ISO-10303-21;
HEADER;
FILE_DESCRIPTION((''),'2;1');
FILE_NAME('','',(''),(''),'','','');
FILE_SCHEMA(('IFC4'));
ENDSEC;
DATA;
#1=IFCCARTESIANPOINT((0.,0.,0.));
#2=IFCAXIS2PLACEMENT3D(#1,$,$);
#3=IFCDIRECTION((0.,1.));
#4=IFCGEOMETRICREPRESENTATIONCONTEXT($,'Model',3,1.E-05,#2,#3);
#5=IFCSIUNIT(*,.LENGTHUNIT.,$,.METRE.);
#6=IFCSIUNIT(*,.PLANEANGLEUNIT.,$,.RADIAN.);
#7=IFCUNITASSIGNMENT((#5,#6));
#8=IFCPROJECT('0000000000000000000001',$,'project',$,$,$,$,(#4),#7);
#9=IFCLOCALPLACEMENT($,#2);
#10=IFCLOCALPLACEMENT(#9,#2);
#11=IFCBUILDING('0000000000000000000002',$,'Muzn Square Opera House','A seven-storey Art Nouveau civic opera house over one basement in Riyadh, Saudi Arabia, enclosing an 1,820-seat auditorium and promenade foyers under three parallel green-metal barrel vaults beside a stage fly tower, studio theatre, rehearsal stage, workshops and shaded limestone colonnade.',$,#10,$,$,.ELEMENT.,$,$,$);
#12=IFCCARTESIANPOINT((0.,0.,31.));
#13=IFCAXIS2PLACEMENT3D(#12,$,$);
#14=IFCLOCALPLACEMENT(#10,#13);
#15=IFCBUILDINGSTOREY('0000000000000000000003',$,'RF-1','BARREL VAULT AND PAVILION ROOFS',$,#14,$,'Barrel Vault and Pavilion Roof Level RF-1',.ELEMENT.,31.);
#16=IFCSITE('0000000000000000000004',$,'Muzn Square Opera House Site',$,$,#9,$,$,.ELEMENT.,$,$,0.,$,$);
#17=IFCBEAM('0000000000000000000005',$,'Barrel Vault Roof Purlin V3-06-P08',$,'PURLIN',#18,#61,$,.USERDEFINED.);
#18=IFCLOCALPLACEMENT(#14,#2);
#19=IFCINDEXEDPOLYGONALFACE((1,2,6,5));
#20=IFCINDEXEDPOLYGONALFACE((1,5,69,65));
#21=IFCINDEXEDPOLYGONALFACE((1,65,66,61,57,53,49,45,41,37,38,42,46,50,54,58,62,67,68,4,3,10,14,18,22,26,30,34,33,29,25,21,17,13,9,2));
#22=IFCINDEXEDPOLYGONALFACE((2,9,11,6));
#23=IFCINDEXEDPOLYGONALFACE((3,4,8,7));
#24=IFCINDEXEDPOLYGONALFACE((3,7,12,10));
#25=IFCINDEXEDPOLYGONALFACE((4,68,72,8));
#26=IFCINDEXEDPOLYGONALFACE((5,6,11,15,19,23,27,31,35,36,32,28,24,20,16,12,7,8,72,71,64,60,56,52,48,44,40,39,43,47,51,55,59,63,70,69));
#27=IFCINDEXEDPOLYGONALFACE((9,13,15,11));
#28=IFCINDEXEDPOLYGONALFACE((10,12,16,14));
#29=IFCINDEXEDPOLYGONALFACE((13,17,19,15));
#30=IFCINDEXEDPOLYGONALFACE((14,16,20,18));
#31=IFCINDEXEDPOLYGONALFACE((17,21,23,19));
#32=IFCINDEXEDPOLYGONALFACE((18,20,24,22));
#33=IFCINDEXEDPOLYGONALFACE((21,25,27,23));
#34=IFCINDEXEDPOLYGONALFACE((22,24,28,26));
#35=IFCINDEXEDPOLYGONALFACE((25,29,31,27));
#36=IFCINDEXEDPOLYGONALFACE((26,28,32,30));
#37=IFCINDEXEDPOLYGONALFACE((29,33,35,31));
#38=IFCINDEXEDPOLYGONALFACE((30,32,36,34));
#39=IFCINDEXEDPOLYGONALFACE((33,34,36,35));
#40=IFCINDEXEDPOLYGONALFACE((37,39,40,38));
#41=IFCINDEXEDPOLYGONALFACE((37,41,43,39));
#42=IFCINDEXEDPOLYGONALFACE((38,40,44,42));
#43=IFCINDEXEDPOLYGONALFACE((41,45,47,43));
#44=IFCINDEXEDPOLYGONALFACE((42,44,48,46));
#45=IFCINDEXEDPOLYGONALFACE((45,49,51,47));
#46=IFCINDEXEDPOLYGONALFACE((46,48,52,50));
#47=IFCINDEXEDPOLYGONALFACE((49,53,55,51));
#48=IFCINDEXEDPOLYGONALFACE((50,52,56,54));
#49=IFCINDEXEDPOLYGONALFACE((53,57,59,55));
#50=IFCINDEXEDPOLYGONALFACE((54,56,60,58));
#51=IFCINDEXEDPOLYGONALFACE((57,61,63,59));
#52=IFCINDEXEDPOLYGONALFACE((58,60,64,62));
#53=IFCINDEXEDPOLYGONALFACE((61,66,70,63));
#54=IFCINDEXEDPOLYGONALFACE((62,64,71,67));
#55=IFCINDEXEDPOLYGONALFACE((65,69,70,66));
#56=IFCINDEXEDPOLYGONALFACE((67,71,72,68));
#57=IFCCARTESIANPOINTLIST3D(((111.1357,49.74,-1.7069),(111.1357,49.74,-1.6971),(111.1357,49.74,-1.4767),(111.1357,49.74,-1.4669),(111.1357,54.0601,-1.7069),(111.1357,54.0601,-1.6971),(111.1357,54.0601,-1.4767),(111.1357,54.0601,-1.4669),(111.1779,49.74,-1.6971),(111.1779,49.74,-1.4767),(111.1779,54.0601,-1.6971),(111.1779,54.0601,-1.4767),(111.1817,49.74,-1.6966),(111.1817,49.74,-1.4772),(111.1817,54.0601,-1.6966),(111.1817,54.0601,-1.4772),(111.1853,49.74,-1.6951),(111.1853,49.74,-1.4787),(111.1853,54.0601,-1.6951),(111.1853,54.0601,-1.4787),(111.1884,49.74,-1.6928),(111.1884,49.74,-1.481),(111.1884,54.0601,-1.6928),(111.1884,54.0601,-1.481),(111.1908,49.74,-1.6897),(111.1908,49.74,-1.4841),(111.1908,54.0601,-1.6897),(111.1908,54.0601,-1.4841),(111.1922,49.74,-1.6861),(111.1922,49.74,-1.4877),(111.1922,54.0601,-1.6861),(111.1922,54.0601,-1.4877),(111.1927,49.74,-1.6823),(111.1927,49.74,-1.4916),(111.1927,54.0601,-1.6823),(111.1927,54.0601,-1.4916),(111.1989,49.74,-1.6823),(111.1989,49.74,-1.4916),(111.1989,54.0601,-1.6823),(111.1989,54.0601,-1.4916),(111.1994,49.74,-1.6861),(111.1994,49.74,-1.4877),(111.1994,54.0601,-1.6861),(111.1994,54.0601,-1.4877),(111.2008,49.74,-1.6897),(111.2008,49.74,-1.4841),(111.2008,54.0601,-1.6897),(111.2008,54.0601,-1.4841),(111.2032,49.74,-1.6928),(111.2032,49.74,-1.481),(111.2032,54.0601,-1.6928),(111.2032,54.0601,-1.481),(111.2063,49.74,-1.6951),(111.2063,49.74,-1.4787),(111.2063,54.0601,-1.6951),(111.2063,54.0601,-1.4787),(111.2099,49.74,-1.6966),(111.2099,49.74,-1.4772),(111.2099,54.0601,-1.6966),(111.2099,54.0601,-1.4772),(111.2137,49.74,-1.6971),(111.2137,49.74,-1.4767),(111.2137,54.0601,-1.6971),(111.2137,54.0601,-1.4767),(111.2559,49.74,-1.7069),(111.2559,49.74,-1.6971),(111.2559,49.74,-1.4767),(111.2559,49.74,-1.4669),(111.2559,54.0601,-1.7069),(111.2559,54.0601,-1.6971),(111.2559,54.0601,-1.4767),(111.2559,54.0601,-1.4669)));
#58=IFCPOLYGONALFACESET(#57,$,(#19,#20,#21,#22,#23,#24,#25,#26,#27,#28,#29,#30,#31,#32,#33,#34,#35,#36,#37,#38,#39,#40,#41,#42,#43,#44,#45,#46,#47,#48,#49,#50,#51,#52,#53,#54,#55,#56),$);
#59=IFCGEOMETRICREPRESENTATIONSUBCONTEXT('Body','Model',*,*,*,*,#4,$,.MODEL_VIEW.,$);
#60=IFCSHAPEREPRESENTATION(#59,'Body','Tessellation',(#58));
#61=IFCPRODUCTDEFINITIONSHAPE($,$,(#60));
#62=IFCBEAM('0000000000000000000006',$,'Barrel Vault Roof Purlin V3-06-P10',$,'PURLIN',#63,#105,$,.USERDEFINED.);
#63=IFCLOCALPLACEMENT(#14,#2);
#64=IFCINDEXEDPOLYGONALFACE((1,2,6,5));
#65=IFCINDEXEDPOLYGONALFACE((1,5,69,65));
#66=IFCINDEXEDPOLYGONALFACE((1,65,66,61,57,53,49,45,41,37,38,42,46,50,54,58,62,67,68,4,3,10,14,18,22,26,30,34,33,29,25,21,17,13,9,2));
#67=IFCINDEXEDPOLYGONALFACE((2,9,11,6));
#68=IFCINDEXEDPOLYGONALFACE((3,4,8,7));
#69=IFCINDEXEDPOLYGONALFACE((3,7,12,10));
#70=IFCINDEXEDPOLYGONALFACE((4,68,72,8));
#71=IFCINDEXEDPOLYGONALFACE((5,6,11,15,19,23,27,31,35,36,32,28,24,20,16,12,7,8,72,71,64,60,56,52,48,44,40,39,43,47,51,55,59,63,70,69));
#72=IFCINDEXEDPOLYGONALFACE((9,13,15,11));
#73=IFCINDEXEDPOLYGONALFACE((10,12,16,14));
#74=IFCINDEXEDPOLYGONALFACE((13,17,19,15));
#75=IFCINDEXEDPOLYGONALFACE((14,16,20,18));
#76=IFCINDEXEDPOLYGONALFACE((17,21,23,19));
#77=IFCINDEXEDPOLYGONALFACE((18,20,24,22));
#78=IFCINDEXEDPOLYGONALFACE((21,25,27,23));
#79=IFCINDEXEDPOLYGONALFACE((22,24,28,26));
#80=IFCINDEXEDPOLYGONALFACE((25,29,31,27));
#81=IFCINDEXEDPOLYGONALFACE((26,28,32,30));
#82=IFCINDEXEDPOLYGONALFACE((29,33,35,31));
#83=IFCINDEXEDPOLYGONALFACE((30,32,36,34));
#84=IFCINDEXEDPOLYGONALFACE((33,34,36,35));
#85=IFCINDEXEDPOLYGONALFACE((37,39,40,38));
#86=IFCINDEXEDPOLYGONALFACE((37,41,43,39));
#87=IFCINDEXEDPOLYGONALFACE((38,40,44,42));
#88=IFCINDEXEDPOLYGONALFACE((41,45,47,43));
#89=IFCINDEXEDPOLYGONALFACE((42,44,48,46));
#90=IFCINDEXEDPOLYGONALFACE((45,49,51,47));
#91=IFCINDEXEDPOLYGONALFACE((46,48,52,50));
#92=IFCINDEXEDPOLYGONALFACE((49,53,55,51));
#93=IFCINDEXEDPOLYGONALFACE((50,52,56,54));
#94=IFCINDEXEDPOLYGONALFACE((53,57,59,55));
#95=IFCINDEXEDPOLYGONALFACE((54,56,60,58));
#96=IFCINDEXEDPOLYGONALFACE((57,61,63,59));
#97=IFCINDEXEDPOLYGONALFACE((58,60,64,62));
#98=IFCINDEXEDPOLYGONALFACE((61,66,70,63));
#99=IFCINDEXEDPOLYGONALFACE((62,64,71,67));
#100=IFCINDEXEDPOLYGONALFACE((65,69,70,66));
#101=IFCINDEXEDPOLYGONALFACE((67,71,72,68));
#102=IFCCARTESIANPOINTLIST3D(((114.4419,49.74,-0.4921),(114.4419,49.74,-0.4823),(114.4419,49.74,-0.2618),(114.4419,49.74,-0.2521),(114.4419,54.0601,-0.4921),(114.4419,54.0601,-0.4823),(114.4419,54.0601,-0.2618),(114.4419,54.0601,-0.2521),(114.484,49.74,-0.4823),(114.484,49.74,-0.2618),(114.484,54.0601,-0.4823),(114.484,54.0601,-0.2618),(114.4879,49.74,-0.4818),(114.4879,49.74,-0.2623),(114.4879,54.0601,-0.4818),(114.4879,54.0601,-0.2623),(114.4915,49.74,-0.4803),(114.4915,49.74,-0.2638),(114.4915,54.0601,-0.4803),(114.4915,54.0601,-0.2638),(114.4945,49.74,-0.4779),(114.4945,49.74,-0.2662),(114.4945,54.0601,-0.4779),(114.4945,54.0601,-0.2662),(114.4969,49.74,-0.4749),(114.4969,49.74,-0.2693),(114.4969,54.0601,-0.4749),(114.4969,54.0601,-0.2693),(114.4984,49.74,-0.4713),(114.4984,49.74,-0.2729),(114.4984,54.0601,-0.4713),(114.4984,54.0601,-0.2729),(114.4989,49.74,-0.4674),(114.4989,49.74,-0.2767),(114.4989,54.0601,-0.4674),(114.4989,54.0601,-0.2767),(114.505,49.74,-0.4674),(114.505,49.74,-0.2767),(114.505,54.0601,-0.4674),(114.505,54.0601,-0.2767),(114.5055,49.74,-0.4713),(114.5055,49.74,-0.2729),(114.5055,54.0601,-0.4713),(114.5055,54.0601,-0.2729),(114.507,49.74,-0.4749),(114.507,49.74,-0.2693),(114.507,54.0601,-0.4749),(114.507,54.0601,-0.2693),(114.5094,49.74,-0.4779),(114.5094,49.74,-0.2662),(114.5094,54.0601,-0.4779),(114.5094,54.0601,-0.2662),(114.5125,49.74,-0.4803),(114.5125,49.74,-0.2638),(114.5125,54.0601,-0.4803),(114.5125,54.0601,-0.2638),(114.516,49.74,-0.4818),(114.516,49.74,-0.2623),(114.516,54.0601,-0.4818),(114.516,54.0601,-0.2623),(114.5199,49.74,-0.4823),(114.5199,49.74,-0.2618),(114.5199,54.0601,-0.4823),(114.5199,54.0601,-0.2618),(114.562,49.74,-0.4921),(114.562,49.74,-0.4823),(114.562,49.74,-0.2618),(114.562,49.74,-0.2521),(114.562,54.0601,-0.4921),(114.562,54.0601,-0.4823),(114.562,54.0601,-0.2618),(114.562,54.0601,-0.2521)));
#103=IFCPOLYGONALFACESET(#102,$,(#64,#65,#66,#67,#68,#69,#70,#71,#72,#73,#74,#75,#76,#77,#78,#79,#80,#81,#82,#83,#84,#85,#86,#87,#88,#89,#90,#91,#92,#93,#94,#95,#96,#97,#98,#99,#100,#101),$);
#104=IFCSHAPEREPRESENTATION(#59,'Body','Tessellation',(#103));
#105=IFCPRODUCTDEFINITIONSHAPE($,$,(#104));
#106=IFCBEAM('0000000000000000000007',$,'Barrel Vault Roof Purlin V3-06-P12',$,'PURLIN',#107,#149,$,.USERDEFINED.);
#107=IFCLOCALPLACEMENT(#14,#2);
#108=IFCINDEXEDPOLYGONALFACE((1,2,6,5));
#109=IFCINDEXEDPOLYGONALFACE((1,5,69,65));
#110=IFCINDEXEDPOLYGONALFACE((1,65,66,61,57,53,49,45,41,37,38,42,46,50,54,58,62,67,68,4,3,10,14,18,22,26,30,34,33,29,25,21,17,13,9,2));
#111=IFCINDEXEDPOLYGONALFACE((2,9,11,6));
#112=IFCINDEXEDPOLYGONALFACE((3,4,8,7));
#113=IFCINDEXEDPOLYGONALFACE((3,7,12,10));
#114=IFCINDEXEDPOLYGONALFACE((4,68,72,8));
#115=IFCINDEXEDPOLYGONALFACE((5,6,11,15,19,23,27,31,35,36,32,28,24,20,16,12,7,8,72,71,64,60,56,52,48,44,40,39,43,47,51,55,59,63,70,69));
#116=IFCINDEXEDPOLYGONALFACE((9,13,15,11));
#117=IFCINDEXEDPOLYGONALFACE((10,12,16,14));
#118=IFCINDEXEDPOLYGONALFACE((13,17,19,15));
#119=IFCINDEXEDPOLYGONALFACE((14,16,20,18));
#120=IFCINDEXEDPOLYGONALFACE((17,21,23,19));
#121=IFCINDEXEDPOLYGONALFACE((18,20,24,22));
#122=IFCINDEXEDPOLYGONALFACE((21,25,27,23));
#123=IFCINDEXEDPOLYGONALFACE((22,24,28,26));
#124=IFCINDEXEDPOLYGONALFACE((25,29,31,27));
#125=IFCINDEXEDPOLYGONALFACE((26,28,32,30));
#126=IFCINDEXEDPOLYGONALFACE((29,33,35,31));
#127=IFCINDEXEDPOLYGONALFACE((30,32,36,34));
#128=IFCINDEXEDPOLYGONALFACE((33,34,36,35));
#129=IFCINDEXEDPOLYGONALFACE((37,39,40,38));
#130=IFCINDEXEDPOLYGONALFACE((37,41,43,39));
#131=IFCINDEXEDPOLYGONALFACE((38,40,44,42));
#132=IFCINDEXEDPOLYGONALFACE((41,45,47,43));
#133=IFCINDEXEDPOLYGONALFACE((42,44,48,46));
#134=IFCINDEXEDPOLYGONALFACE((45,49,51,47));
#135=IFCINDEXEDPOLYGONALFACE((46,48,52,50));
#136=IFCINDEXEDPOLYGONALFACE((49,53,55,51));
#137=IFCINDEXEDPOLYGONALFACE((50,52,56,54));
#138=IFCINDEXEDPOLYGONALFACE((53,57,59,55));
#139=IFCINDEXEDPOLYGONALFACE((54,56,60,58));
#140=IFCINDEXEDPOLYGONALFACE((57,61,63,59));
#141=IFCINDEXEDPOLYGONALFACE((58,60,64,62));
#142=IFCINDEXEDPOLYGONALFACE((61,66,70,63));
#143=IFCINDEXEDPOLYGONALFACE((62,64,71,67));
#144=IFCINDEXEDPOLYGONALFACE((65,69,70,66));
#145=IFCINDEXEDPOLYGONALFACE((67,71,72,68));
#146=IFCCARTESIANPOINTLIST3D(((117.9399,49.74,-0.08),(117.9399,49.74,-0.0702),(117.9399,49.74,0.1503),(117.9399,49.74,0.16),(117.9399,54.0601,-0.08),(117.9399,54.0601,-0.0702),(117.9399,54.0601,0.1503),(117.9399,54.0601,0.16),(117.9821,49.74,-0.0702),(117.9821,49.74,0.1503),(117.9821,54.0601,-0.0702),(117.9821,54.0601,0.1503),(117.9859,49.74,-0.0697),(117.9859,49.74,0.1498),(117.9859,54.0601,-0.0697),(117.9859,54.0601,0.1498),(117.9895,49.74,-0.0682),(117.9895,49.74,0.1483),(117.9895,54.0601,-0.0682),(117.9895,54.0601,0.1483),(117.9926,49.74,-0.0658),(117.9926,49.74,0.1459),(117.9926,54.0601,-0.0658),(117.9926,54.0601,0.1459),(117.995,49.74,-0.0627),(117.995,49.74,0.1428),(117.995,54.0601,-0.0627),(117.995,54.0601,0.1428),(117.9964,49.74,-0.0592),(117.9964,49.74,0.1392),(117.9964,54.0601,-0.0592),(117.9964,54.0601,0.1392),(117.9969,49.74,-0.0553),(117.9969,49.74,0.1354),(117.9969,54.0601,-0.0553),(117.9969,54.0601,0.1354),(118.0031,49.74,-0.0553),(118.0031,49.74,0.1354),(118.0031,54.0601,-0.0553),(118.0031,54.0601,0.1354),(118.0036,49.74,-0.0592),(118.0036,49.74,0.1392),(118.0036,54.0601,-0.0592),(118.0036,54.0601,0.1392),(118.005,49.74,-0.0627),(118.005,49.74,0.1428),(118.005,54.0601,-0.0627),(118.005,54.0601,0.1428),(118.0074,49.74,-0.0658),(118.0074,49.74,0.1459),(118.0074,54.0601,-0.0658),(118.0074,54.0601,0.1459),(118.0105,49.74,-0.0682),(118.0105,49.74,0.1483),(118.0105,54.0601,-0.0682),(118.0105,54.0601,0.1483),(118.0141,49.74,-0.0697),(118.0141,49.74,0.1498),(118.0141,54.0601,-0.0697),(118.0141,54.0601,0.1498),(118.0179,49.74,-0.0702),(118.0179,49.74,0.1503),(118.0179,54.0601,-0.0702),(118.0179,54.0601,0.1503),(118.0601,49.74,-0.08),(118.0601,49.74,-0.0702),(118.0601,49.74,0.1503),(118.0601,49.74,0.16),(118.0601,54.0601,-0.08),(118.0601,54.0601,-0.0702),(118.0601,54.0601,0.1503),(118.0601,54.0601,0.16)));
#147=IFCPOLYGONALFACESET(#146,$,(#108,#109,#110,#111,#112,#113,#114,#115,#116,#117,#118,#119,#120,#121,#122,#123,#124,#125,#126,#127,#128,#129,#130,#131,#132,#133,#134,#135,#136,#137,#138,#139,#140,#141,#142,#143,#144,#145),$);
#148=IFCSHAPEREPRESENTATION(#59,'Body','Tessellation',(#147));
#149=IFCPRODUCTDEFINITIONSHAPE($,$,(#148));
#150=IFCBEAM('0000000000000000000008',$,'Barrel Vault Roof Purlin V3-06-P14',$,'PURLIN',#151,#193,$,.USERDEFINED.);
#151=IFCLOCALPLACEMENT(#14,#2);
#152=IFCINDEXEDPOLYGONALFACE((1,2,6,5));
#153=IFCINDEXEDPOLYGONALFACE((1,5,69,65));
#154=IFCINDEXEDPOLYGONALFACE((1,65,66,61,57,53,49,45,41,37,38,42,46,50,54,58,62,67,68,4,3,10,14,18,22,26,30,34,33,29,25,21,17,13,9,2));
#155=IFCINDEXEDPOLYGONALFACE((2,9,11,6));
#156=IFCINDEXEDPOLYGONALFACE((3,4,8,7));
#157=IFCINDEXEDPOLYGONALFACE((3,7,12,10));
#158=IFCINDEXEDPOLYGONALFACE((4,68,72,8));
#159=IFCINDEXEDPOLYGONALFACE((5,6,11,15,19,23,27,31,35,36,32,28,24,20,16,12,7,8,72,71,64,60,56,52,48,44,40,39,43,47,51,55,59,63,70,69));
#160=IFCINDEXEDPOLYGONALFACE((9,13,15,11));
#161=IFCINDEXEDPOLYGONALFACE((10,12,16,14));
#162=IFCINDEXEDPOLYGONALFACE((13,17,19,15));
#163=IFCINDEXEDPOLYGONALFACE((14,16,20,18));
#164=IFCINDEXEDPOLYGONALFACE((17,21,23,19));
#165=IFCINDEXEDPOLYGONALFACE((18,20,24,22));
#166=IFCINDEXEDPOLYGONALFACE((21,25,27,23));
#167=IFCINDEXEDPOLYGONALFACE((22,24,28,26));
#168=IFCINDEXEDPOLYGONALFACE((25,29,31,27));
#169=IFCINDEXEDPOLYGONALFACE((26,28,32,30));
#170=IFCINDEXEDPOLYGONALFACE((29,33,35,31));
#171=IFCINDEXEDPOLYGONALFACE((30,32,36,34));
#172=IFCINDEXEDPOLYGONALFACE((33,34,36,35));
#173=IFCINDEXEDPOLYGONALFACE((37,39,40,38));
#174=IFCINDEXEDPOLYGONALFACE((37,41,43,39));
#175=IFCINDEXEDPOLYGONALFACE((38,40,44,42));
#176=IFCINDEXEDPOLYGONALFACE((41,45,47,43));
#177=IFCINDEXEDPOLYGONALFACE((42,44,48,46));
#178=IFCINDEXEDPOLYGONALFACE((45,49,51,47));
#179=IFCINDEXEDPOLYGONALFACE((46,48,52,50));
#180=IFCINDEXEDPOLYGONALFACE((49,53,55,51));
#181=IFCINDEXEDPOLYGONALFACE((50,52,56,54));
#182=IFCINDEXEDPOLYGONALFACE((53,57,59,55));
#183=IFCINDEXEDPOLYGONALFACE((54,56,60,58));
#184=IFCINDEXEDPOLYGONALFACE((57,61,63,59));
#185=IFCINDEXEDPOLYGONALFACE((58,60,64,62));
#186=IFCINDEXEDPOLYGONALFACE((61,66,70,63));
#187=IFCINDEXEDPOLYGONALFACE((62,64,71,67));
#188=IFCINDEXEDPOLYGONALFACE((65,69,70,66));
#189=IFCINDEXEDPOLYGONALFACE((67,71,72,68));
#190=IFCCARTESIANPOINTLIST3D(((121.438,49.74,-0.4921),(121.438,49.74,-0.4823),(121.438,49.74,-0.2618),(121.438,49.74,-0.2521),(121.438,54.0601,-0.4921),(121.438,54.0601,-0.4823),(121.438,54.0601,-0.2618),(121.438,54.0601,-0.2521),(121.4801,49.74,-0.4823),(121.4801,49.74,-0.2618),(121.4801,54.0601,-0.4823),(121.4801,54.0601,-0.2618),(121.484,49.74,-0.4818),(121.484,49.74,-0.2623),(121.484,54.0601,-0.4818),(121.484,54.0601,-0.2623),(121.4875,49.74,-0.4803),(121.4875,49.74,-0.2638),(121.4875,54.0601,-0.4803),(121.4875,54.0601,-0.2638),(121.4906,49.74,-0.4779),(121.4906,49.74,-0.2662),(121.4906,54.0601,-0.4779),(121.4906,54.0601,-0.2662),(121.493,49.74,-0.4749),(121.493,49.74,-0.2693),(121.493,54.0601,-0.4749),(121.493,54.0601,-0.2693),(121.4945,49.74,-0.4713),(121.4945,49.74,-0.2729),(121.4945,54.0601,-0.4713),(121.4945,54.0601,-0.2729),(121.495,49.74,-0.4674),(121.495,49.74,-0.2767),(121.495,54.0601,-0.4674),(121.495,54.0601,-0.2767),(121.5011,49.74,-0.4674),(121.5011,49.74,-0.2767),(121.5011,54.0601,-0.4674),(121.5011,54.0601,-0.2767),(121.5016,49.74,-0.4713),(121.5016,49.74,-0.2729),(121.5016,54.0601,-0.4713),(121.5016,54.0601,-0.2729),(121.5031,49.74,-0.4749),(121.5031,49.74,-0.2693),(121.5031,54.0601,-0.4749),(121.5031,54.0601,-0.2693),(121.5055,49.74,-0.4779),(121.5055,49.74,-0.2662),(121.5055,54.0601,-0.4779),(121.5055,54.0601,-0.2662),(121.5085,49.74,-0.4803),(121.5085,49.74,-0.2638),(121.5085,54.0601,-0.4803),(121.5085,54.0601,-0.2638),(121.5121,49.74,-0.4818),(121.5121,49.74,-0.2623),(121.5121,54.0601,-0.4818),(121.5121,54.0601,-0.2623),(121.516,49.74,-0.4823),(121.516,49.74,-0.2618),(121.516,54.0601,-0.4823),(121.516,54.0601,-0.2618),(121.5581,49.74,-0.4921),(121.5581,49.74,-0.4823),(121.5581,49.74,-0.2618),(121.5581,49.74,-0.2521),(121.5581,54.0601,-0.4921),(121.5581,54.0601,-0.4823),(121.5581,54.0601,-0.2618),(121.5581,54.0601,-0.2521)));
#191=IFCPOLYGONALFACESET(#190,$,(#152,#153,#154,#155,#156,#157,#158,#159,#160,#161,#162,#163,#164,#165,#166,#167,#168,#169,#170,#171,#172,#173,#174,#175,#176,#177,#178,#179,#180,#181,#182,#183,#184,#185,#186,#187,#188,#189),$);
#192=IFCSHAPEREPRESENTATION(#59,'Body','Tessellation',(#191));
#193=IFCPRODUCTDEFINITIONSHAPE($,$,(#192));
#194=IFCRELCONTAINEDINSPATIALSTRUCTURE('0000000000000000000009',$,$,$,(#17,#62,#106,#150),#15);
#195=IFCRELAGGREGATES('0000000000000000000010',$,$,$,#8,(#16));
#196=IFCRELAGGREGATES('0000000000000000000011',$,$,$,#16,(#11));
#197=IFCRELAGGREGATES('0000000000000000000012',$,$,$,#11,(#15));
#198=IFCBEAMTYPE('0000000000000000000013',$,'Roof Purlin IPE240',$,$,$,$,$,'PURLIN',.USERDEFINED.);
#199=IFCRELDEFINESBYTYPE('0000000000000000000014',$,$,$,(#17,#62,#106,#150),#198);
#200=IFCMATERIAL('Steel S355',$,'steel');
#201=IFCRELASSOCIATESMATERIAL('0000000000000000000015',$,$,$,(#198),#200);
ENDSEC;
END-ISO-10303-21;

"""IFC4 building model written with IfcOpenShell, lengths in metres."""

from ifc_helpers import new_model, si_unit, direction, frame, origin, origin_2d, place, context, subcontext, project, spatial, i_section, extrude, material, material_profile, profile_set, type_object, element, save


model = new_model("IFC4")

# Units and contexts
model_context = context("Model", 3, precision=1e-05, world=origin(), true_north=direction((0.0, 1.0)))
body_context = subcontext(model_context, "Body", "Model", "MODEL_VIEW")
ifc_project = project(units=[si_unit("LENGTHUNIT", "METRE"), si_unit("PLANEANGLEUNIT", "RADIAN")], contexts=[model_context])

# Site, building, storey
site_placement = place(None, origin())
site = spatial("IfcSite", under=ifc_project, at=site_placement, Name="Muzn Square Opera House Site", CompositionType="ELEMENT", RefElevation=0.0)
building_placement = place(site_placement, origin())
building = spatial("IfcBuilding", under=site, at=building_placement, Name="Muzn Square Opera House", Description="A seven-storey Art Nouveau civic opera house over one basement in Riyadh, Saudi Arabia, enclosing an 1,820-seat auditorium and promenade foyers under three parallel green-metal barrel vaults beside a stage fly tower, studio theatre, rehearsal stage, workshops and shaded limestone colonnade.", CompositionType="ELEMENT")
storey_placement = place(building_placement, frame((0.0, 0.0, 31.0)))
storey = spatial("IfcBuildingStorey", under=building, at=storey_placement, Name="RF-1", Description="BARREL VAULT AND PAVILION ROOFS", LongName="Barrel Vault and Pavilion Roof Level RF-1", CompositionType="ELEMENT", Elevation=31.0)

# Beams
ifc_material_1 = material(Name="Steel S355", Category="steel")
ifc_material_profile_1 = material_profile(ifc_material_1, i_section(OverallWidth=0.1201, OverallDepth=0.24, WebThickness=0.0061, FlangeThickness=0.0098, FilletRadius=0.0149, at=origin_2d()), Name="IPE 240", Category="steel")
ifc_profile_set_1 = profile_set([ifc_material_profile_1], Name="Steel S355")
beam_type_1 = type_object("IfcBeamType", Name="Roof Purlin IPE240", ElementType="PURLIN", PredefinedType="USERDEFINED", material=ifc_profile_set_1)
for number, where, z_axis, x_axis, name in (
    (1, (111.1958, 49.74, -1.5869), (0.0, 1.0, 0.0), (-1.0, 0.0, 0.0), "Barrel Vault Roof Purlin V3-06-P08"),
    (2, (114.502, 49.74, -0.3721), (0.0, 1.0, 0.0), (-1.0, 0.0, 0.0), "Barrel Vault Roof Purlin V3-06-P10"),
    (3, (118.0, 49.74, 0.04), (0.0, 1.0, 0.0), (-1.0, 0.0, 0.0), "Barrel Vault Roof Purlin V3-06-P12"),
    (4, (121.498, 49.74, -0.3721), (0.0, 1.0, 0.0), (-1.0, 0.0, 0.0), "Barrel Vault Roof Purlin V3-06-P14"),
):
    element("IfcBeam", number, at=place(storey_placement, frame(where, z_axis=z_axis, x_axis=x_axis)), inside=storey, type_object=beam_type_1, Name=name, ObjectType="PURLIN", PredefinedType="USERDEFINED", context=body_context, shape_type="SweptSolid", body=[
        extrude(i_section(OverallWidth=0.1201, OverallDepth=0.24, WebThickness=0.0061, FlangeThickness=0.0098, FilletRadius=0.0149, at=origin_2d()), origin(), (0.0, 0.0, 1.0), 4.3201),
    ])

save(model, "model.ifc")
